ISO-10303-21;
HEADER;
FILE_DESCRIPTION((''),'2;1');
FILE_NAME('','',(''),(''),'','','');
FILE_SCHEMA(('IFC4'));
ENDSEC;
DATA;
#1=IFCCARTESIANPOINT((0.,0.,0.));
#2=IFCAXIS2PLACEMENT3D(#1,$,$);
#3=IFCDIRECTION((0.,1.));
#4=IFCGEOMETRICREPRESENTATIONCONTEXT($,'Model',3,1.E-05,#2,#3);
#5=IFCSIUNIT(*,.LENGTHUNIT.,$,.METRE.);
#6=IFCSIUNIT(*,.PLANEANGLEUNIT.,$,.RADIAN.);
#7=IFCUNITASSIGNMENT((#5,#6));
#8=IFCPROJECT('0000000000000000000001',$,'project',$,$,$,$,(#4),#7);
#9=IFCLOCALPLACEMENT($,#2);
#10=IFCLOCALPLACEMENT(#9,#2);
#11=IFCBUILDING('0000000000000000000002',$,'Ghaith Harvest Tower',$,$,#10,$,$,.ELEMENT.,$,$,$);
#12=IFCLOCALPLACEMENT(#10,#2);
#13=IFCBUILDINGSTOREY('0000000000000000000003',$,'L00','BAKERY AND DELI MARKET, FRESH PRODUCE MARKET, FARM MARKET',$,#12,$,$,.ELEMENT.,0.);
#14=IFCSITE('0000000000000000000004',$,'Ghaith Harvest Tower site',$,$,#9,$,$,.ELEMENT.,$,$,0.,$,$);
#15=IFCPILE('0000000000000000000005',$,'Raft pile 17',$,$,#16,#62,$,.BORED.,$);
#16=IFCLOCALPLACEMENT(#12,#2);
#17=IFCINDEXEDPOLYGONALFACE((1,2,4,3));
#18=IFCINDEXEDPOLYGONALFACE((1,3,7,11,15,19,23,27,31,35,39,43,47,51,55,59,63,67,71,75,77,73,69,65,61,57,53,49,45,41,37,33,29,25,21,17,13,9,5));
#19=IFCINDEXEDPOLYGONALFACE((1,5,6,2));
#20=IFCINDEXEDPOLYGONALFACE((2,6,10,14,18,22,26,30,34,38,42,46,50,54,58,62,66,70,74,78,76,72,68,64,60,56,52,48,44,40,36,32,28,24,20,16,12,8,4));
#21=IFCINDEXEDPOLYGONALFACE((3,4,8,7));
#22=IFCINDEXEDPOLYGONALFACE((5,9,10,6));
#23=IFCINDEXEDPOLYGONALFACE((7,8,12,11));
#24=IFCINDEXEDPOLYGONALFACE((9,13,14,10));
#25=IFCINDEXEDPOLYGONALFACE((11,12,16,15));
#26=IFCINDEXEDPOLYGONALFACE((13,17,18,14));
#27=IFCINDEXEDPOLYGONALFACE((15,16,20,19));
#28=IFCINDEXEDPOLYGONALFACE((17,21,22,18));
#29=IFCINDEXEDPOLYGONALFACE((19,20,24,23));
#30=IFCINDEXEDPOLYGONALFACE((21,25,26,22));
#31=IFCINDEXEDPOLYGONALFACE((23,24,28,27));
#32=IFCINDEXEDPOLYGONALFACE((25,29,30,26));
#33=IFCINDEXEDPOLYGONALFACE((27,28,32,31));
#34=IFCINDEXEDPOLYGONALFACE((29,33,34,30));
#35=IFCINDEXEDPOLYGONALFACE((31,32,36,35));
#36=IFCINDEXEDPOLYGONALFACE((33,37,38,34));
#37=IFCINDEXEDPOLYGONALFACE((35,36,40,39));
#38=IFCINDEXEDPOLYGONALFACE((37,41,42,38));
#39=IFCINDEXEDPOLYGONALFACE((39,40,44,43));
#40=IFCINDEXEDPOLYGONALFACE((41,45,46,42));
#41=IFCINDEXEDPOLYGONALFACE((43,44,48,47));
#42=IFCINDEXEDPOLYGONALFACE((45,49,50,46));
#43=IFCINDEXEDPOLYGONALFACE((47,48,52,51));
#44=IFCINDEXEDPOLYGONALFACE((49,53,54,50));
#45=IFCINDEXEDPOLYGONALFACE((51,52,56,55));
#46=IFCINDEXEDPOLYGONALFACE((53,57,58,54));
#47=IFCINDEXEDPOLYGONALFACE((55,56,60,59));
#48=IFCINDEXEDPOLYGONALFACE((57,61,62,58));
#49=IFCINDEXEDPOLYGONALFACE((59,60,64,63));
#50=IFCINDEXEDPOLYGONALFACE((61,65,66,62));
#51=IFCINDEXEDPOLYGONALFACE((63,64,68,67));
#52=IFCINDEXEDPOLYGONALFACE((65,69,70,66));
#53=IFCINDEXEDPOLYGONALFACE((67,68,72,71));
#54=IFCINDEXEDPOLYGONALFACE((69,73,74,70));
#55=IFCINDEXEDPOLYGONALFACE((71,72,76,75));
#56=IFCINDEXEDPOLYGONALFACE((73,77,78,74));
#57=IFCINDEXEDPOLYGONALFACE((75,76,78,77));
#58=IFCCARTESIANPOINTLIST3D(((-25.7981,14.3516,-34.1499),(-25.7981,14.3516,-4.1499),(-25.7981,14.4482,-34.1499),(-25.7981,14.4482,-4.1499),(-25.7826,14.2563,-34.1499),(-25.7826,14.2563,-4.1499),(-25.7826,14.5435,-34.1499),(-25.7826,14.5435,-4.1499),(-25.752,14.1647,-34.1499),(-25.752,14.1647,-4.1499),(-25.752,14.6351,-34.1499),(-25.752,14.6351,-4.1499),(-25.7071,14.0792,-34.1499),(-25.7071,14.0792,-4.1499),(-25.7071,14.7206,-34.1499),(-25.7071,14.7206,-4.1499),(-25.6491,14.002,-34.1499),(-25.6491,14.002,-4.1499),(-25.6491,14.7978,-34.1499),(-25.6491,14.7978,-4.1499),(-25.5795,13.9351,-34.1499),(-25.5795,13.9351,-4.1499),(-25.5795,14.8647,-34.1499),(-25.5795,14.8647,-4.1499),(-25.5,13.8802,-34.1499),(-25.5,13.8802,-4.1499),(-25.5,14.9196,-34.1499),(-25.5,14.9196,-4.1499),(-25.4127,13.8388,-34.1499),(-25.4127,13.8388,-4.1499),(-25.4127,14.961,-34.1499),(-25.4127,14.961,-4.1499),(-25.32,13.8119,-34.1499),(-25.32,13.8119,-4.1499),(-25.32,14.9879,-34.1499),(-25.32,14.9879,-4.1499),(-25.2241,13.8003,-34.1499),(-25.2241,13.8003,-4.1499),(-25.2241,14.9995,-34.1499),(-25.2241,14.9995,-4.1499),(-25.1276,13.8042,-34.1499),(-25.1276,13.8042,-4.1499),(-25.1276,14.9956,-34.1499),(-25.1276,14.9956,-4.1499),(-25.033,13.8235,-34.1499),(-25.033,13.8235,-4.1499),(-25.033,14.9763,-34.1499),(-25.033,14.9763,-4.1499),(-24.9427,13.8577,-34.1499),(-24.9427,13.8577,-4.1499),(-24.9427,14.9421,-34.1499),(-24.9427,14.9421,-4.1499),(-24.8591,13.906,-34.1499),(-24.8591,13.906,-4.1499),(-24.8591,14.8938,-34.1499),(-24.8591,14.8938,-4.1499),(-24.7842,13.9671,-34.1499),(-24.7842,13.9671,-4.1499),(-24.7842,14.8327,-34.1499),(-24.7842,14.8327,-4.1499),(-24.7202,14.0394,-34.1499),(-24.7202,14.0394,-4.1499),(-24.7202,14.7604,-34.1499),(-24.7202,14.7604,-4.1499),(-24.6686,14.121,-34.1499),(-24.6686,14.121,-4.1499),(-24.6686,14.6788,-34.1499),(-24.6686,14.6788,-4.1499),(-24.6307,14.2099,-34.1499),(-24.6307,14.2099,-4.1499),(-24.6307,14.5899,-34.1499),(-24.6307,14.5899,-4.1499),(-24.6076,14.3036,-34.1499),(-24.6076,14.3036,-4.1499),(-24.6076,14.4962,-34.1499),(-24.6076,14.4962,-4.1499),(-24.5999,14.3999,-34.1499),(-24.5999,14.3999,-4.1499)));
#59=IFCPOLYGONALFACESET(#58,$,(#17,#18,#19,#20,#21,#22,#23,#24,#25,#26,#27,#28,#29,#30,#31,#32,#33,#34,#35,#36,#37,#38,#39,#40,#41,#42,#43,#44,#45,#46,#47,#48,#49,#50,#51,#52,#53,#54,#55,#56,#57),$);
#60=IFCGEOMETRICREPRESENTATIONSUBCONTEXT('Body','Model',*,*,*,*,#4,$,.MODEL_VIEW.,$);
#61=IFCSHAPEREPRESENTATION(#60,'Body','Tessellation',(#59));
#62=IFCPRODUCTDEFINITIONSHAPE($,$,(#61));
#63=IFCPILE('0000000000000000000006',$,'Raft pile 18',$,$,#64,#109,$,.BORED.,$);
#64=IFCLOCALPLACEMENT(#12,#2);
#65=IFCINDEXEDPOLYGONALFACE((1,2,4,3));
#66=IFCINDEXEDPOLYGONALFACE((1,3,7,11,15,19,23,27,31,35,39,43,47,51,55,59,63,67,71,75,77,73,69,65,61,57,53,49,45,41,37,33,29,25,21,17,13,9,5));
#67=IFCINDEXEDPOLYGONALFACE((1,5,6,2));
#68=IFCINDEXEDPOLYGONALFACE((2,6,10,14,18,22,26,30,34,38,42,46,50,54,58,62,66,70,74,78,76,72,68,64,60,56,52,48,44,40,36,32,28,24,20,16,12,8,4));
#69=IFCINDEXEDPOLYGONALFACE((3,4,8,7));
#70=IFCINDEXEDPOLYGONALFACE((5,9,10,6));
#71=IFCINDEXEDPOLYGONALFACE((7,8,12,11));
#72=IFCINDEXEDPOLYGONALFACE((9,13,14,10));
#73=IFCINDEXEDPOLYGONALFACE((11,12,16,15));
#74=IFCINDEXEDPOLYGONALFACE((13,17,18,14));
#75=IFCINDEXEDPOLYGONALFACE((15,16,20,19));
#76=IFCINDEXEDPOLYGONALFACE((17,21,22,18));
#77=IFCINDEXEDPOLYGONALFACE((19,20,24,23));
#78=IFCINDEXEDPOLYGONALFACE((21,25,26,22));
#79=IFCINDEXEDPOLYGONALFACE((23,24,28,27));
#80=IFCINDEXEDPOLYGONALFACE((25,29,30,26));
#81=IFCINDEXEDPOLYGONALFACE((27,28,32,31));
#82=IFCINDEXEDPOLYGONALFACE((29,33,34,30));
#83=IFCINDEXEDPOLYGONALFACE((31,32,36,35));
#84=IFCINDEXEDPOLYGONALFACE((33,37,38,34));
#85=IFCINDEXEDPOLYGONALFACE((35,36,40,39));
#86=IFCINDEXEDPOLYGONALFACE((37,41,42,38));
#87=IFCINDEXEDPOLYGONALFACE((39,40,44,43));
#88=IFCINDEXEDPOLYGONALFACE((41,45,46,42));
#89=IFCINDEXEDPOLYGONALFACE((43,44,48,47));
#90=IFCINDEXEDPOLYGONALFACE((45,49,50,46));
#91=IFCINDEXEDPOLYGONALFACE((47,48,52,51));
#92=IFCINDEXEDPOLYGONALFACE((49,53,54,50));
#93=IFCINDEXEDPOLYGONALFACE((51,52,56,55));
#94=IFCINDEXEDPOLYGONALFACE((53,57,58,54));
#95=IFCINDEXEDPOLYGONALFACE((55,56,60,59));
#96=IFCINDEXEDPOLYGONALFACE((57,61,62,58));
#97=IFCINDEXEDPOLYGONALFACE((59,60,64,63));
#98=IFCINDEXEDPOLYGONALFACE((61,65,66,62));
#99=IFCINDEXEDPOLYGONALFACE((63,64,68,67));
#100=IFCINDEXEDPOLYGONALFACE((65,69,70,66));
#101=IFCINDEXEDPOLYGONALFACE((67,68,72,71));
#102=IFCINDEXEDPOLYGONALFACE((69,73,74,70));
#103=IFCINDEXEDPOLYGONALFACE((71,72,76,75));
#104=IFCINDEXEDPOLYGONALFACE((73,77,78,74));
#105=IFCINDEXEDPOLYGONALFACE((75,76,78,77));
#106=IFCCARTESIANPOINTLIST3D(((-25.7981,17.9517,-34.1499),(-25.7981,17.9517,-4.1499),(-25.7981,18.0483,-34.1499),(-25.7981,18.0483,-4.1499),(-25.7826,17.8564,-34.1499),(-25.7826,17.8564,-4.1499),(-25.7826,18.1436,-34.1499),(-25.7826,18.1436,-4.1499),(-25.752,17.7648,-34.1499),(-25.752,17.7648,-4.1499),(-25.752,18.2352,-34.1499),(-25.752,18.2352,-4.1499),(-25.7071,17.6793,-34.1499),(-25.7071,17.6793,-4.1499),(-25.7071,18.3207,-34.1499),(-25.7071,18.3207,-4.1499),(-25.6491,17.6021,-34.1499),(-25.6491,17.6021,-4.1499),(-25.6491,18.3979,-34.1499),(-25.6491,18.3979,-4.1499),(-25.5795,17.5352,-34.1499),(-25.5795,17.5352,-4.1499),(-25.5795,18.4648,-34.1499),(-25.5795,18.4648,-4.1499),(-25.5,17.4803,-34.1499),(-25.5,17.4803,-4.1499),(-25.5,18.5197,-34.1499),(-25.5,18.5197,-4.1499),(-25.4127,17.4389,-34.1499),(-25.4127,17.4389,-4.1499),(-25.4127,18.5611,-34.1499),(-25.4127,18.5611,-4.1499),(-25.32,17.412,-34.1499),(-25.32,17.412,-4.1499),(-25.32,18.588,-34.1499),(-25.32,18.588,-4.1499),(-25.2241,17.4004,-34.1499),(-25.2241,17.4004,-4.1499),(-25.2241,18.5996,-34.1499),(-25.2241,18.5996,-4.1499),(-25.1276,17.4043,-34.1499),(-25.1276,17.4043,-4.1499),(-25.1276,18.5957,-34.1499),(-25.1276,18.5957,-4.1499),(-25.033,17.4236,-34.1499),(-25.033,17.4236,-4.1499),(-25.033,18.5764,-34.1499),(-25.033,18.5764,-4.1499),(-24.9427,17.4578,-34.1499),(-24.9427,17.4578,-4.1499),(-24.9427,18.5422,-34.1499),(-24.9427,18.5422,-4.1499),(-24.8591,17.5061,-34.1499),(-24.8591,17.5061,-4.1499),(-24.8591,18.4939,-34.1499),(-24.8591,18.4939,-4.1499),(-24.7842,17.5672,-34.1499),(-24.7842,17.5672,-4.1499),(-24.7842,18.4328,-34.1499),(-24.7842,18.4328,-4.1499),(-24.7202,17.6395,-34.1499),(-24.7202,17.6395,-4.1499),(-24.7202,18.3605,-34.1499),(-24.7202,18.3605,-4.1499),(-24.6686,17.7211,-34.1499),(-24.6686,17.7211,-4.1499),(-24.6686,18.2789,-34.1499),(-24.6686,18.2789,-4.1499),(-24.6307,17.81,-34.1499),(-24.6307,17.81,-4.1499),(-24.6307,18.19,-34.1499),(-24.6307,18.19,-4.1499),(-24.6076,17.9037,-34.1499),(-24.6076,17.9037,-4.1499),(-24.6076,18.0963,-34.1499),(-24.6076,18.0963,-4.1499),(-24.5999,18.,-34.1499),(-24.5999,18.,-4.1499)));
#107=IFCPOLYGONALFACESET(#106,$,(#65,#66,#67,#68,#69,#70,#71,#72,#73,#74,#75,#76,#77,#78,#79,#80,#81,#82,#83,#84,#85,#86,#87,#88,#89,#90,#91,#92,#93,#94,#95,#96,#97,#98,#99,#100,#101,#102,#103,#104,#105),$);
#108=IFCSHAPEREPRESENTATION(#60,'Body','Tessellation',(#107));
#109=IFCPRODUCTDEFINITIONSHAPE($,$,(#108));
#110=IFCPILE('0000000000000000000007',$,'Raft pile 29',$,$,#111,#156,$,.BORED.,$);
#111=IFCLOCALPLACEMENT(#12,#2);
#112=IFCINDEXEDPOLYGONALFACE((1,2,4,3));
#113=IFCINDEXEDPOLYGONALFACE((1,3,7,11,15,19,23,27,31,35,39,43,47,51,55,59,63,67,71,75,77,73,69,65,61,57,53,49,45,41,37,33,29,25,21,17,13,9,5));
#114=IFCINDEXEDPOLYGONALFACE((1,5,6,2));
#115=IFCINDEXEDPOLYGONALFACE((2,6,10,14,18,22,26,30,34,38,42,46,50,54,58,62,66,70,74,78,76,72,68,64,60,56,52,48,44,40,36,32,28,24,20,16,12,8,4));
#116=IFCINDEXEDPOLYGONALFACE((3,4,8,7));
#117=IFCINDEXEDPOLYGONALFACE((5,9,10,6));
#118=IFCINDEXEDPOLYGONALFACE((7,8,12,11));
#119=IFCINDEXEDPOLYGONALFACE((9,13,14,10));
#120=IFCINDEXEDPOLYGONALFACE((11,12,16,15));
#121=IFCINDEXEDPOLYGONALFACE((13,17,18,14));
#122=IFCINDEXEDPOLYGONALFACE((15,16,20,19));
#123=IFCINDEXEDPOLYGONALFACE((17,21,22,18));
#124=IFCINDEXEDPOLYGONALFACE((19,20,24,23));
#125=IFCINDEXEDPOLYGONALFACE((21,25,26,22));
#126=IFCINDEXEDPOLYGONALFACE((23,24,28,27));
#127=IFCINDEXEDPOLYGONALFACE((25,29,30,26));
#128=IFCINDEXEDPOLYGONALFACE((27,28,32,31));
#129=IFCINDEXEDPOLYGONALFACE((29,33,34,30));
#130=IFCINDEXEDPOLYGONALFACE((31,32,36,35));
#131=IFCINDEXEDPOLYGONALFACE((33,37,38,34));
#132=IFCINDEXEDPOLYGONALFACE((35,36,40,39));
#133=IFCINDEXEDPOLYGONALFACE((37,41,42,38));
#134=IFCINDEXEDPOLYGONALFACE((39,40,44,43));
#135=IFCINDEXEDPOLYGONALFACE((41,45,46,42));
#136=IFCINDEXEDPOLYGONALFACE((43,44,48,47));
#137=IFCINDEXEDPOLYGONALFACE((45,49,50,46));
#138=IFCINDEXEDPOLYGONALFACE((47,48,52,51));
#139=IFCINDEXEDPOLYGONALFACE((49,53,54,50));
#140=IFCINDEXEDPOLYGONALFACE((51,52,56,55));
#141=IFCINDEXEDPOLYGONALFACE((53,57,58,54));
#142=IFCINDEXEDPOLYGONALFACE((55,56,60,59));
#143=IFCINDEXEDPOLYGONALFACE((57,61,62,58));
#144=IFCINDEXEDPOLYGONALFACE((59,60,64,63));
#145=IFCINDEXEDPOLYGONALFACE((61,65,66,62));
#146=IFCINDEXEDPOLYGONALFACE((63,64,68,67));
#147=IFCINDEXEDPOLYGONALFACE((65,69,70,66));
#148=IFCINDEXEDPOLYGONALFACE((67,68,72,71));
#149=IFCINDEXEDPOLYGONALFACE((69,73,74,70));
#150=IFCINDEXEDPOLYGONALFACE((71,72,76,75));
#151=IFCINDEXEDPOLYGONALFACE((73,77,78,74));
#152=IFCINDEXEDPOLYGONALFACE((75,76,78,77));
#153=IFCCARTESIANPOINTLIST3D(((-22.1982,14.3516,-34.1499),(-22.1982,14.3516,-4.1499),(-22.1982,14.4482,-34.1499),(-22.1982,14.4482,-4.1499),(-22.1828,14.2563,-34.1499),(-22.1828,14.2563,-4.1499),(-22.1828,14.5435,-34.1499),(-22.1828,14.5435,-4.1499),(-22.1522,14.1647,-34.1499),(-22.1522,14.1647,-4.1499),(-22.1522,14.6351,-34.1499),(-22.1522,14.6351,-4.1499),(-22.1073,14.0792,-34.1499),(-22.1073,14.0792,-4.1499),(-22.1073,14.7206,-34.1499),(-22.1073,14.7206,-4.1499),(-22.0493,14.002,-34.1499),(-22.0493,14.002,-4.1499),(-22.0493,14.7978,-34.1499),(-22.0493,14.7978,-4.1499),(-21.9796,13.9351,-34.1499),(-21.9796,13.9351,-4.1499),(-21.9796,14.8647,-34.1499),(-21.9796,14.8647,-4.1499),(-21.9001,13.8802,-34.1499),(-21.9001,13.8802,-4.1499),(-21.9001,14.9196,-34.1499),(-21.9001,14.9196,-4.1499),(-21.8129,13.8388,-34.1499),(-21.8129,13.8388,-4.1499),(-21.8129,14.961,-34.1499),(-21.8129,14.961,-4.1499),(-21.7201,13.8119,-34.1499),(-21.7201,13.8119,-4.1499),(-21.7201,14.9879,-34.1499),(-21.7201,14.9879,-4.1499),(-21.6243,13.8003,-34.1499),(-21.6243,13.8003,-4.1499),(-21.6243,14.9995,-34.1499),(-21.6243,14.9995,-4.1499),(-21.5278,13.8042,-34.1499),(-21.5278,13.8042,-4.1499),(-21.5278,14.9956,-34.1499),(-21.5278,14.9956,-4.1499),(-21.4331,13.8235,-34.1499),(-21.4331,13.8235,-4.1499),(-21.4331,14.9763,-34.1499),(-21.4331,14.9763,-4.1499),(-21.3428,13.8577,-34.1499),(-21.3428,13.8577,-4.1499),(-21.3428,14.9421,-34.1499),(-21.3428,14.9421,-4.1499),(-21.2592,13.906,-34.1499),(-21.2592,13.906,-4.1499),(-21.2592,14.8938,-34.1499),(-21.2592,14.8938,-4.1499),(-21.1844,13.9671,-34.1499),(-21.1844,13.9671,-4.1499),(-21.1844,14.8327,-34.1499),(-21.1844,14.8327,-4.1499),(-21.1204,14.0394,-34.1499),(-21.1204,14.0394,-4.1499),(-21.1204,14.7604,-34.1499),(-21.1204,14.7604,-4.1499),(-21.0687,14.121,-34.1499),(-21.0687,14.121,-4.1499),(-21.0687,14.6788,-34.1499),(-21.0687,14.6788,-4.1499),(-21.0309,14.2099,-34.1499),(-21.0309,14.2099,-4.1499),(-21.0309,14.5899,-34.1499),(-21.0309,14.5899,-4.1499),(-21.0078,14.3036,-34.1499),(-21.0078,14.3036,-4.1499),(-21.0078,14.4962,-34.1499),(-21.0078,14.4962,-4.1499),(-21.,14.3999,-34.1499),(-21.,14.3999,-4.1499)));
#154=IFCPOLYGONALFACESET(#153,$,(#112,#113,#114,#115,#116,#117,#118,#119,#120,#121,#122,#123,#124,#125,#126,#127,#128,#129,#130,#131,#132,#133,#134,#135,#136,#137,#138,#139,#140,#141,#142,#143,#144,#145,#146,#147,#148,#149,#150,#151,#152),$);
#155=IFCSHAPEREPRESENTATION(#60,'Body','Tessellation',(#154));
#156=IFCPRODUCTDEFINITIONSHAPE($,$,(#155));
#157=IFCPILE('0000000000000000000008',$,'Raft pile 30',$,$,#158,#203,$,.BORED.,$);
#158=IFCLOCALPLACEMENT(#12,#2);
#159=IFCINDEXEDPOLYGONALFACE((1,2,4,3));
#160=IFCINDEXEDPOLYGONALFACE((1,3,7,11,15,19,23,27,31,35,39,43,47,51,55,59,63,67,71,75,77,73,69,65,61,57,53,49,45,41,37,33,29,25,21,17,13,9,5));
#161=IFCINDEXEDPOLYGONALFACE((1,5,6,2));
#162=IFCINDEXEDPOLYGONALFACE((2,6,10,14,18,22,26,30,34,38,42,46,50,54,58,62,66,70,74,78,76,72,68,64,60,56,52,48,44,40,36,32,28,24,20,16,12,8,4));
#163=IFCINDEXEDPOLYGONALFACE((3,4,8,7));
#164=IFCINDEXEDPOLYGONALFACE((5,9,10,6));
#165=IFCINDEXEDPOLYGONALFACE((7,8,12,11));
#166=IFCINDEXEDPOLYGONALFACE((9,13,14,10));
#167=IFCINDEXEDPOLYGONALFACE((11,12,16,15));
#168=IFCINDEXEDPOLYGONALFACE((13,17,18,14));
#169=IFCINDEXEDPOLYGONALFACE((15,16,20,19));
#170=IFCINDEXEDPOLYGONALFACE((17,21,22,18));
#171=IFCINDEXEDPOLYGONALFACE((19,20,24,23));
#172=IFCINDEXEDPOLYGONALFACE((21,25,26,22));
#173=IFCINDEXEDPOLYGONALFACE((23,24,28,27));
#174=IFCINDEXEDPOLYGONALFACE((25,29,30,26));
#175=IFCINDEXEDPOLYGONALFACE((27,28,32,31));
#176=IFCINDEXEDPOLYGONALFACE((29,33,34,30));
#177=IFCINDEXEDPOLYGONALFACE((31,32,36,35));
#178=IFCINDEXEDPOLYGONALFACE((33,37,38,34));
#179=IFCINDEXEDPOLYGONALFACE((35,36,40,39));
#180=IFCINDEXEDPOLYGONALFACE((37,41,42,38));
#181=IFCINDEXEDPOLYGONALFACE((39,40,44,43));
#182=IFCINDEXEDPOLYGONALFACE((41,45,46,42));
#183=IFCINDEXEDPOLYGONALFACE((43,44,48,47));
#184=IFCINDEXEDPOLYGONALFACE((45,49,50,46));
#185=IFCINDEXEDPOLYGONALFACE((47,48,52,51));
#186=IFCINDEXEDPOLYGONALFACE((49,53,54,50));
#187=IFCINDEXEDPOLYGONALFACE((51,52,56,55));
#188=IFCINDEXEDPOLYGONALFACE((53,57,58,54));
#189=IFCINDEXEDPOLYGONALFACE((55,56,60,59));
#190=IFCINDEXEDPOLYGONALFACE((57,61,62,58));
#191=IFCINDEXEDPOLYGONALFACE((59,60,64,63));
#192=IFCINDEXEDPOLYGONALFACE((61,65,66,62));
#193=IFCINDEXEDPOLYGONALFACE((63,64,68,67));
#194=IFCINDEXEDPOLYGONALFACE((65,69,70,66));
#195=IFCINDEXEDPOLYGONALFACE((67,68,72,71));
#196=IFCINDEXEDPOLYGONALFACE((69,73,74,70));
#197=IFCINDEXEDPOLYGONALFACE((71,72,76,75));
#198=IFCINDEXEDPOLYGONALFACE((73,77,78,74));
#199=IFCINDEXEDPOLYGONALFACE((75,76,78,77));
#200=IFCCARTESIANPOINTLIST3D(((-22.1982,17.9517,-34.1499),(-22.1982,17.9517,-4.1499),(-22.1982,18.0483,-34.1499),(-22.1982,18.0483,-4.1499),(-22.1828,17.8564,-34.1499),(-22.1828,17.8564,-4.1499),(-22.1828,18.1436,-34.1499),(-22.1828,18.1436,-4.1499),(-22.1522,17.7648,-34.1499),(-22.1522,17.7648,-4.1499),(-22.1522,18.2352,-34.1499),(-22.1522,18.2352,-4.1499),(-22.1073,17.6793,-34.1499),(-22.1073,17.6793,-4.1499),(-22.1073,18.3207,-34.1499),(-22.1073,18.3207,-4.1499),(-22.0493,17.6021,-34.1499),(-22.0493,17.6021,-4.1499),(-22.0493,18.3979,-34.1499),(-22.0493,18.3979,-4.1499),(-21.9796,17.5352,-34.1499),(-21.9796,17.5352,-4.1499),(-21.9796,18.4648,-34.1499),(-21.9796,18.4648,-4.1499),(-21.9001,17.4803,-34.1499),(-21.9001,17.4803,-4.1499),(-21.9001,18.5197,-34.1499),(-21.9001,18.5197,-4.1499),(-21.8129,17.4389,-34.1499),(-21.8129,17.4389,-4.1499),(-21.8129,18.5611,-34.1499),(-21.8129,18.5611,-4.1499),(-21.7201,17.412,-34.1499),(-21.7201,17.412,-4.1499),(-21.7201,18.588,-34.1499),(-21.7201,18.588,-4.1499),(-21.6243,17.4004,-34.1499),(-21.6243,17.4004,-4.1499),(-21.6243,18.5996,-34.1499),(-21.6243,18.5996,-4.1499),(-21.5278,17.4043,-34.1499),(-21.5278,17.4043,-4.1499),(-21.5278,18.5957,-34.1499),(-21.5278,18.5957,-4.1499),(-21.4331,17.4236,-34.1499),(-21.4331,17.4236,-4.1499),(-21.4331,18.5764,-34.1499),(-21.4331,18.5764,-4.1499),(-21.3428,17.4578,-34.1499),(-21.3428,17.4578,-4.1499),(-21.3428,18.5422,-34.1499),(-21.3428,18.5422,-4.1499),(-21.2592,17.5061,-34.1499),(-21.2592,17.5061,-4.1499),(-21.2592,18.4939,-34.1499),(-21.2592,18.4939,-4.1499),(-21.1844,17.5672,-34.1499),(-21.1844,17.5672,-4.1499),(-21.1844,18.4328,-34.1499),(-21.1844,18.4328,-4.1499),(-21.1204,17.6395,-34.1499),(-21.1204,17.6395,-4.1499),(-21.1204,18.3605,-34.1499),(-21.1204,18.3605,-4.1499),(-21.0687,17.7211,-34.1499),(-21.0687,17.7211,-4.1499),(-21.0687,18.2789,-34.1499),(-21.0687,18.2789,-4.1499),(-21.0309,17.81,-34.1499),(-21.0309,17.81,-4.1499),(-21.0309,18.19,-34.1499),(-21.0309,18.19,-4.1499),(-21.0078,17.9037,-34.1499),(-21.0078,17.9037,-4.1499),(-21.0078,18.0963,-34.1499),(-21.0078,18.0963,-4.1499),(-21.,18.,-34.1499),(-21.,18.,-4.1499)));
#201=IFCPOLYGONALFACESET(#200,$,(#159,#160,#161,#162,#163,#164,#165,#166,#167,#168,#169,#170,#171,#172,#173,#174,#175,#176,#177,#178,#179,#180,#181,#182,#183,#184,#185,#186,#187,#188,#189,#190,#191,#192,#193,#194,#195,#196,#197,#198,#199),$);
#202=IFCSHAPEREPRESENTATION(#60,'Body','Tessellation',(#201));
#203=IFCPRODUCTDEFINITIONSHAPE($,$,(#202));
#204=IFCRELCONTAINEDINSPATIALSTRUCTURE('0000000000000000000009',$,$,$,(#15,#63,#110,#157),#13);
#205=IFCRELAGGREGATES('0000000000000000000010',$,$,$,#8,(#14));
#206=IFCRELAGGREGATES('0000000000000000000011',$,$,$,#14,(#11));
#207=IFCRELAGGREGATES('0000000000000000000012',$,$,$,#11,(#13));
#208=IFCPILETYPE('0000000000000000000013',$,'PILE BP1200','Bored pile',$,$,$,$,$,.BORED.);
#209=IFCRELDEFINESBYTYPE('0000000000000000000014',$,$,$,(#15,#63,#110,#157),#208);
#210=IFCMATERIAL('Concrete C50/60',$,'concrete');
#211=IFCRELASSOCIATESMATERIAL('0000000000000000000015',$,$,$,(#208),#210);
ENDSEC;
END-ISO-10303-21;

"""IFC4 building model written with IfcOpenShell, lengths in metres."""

from ifc_helpers import new_model, si_unit, direction, frame, origin, origin_2d, place, context, subcontext, project, spatial, circle, extrude, material, material_profile, profile_set, type_object, element, save


model = new_model("IFC4")

# Units and contexts
model_context = context("Model", 3, precision=1e-05, world=origin(), true_north=direction((0.0, 1.0)))
body_context = subcontext(model_context, "Body", "Model", "MODEL_VIEW")
ifc_project = project(units=[si_unit("LENGTHUNIT", "METRE"), si_unit("PLANEANGLEUNIT", "RADIAN")], contexts=[model_context])

# Site, building, storey
site_placement = place(None, origin())
site = spatial("IfcSite", under=ifc_project, at=site_placement, Name="Ghaith Harvest Tower site", CompositionType="ELEMENT", RefElevation=0.0)
building_placement = place(site_placement, origin())
building = spatial("IfcBuilding", under=site, at=building_placement, Name="Ghaith Harvest Tower", CompositionType="ELEMENT")
storey_placement = place(building_placement, origin())
storey = spatial("IfcBuildingStorey", under=building, at=storey_placement, Name="L00", Description="BAKERY AND DELI MARKET, FRESH PRODUCE MARKET, FARM MARKET", CompositionType="ELEMENT", Elevation=0.0)

# Piles
ifc_material_1 = material(Name="Concrete C50/60", Category="concrete")
ifc_material_profile_1 = material_profile(ifc_material_1, circle(Radius=0.6001, at=origin_2d()), Name="PILE1200")
ifc_profile_set_1 = profile_set([ifc_material_profile_1], Name="Concrete C50/60")
pile_type = type_object("IfcPileType", Name="PILE BP1200", Description="Bored pile", PredefinedType="BORED", material=ifc_profile_set_1)
for number, where, z_axis, x_axis, name in (
    (1, (-25.2, 14.3999, -4.1499), (0.0, 0.0, -1.0), (1.0, 0.0, 0.0), "Raft pile 17"),
    (2, (-25.2, 18.0, -4.1499), (0.0, 0.0, -1.0), (1.0, 0.0, 0.0), "Raft pile 18"),
    (3, (-21.6001, 14.3999, -4.1499), (0.0, 0.0, -1.0), (1.0, 0.0, 0.0), "Raft pile 29"),
    (4, (-21.6001, 18.0, -4.1499), (0.0, 0.0, -1.0), (1.0, 0.0, 0.0), "Raft pile 30"),
):
    element("IfcPile", number, at=place(storey_placement, frame(where, z_axis=z_axis, x_axis=x_axis)), inside=storey, type_object=pile_type, Name=name, PredefinedType="BORED", context=body_context, shape_type="SweptSolid", body=[
        extrude(circle(Radius=0.6001, at=origin_2d()), origin(), (0.0, 0.0, 1.0), 30.0),
    ])

save(model, "model.ifc")
